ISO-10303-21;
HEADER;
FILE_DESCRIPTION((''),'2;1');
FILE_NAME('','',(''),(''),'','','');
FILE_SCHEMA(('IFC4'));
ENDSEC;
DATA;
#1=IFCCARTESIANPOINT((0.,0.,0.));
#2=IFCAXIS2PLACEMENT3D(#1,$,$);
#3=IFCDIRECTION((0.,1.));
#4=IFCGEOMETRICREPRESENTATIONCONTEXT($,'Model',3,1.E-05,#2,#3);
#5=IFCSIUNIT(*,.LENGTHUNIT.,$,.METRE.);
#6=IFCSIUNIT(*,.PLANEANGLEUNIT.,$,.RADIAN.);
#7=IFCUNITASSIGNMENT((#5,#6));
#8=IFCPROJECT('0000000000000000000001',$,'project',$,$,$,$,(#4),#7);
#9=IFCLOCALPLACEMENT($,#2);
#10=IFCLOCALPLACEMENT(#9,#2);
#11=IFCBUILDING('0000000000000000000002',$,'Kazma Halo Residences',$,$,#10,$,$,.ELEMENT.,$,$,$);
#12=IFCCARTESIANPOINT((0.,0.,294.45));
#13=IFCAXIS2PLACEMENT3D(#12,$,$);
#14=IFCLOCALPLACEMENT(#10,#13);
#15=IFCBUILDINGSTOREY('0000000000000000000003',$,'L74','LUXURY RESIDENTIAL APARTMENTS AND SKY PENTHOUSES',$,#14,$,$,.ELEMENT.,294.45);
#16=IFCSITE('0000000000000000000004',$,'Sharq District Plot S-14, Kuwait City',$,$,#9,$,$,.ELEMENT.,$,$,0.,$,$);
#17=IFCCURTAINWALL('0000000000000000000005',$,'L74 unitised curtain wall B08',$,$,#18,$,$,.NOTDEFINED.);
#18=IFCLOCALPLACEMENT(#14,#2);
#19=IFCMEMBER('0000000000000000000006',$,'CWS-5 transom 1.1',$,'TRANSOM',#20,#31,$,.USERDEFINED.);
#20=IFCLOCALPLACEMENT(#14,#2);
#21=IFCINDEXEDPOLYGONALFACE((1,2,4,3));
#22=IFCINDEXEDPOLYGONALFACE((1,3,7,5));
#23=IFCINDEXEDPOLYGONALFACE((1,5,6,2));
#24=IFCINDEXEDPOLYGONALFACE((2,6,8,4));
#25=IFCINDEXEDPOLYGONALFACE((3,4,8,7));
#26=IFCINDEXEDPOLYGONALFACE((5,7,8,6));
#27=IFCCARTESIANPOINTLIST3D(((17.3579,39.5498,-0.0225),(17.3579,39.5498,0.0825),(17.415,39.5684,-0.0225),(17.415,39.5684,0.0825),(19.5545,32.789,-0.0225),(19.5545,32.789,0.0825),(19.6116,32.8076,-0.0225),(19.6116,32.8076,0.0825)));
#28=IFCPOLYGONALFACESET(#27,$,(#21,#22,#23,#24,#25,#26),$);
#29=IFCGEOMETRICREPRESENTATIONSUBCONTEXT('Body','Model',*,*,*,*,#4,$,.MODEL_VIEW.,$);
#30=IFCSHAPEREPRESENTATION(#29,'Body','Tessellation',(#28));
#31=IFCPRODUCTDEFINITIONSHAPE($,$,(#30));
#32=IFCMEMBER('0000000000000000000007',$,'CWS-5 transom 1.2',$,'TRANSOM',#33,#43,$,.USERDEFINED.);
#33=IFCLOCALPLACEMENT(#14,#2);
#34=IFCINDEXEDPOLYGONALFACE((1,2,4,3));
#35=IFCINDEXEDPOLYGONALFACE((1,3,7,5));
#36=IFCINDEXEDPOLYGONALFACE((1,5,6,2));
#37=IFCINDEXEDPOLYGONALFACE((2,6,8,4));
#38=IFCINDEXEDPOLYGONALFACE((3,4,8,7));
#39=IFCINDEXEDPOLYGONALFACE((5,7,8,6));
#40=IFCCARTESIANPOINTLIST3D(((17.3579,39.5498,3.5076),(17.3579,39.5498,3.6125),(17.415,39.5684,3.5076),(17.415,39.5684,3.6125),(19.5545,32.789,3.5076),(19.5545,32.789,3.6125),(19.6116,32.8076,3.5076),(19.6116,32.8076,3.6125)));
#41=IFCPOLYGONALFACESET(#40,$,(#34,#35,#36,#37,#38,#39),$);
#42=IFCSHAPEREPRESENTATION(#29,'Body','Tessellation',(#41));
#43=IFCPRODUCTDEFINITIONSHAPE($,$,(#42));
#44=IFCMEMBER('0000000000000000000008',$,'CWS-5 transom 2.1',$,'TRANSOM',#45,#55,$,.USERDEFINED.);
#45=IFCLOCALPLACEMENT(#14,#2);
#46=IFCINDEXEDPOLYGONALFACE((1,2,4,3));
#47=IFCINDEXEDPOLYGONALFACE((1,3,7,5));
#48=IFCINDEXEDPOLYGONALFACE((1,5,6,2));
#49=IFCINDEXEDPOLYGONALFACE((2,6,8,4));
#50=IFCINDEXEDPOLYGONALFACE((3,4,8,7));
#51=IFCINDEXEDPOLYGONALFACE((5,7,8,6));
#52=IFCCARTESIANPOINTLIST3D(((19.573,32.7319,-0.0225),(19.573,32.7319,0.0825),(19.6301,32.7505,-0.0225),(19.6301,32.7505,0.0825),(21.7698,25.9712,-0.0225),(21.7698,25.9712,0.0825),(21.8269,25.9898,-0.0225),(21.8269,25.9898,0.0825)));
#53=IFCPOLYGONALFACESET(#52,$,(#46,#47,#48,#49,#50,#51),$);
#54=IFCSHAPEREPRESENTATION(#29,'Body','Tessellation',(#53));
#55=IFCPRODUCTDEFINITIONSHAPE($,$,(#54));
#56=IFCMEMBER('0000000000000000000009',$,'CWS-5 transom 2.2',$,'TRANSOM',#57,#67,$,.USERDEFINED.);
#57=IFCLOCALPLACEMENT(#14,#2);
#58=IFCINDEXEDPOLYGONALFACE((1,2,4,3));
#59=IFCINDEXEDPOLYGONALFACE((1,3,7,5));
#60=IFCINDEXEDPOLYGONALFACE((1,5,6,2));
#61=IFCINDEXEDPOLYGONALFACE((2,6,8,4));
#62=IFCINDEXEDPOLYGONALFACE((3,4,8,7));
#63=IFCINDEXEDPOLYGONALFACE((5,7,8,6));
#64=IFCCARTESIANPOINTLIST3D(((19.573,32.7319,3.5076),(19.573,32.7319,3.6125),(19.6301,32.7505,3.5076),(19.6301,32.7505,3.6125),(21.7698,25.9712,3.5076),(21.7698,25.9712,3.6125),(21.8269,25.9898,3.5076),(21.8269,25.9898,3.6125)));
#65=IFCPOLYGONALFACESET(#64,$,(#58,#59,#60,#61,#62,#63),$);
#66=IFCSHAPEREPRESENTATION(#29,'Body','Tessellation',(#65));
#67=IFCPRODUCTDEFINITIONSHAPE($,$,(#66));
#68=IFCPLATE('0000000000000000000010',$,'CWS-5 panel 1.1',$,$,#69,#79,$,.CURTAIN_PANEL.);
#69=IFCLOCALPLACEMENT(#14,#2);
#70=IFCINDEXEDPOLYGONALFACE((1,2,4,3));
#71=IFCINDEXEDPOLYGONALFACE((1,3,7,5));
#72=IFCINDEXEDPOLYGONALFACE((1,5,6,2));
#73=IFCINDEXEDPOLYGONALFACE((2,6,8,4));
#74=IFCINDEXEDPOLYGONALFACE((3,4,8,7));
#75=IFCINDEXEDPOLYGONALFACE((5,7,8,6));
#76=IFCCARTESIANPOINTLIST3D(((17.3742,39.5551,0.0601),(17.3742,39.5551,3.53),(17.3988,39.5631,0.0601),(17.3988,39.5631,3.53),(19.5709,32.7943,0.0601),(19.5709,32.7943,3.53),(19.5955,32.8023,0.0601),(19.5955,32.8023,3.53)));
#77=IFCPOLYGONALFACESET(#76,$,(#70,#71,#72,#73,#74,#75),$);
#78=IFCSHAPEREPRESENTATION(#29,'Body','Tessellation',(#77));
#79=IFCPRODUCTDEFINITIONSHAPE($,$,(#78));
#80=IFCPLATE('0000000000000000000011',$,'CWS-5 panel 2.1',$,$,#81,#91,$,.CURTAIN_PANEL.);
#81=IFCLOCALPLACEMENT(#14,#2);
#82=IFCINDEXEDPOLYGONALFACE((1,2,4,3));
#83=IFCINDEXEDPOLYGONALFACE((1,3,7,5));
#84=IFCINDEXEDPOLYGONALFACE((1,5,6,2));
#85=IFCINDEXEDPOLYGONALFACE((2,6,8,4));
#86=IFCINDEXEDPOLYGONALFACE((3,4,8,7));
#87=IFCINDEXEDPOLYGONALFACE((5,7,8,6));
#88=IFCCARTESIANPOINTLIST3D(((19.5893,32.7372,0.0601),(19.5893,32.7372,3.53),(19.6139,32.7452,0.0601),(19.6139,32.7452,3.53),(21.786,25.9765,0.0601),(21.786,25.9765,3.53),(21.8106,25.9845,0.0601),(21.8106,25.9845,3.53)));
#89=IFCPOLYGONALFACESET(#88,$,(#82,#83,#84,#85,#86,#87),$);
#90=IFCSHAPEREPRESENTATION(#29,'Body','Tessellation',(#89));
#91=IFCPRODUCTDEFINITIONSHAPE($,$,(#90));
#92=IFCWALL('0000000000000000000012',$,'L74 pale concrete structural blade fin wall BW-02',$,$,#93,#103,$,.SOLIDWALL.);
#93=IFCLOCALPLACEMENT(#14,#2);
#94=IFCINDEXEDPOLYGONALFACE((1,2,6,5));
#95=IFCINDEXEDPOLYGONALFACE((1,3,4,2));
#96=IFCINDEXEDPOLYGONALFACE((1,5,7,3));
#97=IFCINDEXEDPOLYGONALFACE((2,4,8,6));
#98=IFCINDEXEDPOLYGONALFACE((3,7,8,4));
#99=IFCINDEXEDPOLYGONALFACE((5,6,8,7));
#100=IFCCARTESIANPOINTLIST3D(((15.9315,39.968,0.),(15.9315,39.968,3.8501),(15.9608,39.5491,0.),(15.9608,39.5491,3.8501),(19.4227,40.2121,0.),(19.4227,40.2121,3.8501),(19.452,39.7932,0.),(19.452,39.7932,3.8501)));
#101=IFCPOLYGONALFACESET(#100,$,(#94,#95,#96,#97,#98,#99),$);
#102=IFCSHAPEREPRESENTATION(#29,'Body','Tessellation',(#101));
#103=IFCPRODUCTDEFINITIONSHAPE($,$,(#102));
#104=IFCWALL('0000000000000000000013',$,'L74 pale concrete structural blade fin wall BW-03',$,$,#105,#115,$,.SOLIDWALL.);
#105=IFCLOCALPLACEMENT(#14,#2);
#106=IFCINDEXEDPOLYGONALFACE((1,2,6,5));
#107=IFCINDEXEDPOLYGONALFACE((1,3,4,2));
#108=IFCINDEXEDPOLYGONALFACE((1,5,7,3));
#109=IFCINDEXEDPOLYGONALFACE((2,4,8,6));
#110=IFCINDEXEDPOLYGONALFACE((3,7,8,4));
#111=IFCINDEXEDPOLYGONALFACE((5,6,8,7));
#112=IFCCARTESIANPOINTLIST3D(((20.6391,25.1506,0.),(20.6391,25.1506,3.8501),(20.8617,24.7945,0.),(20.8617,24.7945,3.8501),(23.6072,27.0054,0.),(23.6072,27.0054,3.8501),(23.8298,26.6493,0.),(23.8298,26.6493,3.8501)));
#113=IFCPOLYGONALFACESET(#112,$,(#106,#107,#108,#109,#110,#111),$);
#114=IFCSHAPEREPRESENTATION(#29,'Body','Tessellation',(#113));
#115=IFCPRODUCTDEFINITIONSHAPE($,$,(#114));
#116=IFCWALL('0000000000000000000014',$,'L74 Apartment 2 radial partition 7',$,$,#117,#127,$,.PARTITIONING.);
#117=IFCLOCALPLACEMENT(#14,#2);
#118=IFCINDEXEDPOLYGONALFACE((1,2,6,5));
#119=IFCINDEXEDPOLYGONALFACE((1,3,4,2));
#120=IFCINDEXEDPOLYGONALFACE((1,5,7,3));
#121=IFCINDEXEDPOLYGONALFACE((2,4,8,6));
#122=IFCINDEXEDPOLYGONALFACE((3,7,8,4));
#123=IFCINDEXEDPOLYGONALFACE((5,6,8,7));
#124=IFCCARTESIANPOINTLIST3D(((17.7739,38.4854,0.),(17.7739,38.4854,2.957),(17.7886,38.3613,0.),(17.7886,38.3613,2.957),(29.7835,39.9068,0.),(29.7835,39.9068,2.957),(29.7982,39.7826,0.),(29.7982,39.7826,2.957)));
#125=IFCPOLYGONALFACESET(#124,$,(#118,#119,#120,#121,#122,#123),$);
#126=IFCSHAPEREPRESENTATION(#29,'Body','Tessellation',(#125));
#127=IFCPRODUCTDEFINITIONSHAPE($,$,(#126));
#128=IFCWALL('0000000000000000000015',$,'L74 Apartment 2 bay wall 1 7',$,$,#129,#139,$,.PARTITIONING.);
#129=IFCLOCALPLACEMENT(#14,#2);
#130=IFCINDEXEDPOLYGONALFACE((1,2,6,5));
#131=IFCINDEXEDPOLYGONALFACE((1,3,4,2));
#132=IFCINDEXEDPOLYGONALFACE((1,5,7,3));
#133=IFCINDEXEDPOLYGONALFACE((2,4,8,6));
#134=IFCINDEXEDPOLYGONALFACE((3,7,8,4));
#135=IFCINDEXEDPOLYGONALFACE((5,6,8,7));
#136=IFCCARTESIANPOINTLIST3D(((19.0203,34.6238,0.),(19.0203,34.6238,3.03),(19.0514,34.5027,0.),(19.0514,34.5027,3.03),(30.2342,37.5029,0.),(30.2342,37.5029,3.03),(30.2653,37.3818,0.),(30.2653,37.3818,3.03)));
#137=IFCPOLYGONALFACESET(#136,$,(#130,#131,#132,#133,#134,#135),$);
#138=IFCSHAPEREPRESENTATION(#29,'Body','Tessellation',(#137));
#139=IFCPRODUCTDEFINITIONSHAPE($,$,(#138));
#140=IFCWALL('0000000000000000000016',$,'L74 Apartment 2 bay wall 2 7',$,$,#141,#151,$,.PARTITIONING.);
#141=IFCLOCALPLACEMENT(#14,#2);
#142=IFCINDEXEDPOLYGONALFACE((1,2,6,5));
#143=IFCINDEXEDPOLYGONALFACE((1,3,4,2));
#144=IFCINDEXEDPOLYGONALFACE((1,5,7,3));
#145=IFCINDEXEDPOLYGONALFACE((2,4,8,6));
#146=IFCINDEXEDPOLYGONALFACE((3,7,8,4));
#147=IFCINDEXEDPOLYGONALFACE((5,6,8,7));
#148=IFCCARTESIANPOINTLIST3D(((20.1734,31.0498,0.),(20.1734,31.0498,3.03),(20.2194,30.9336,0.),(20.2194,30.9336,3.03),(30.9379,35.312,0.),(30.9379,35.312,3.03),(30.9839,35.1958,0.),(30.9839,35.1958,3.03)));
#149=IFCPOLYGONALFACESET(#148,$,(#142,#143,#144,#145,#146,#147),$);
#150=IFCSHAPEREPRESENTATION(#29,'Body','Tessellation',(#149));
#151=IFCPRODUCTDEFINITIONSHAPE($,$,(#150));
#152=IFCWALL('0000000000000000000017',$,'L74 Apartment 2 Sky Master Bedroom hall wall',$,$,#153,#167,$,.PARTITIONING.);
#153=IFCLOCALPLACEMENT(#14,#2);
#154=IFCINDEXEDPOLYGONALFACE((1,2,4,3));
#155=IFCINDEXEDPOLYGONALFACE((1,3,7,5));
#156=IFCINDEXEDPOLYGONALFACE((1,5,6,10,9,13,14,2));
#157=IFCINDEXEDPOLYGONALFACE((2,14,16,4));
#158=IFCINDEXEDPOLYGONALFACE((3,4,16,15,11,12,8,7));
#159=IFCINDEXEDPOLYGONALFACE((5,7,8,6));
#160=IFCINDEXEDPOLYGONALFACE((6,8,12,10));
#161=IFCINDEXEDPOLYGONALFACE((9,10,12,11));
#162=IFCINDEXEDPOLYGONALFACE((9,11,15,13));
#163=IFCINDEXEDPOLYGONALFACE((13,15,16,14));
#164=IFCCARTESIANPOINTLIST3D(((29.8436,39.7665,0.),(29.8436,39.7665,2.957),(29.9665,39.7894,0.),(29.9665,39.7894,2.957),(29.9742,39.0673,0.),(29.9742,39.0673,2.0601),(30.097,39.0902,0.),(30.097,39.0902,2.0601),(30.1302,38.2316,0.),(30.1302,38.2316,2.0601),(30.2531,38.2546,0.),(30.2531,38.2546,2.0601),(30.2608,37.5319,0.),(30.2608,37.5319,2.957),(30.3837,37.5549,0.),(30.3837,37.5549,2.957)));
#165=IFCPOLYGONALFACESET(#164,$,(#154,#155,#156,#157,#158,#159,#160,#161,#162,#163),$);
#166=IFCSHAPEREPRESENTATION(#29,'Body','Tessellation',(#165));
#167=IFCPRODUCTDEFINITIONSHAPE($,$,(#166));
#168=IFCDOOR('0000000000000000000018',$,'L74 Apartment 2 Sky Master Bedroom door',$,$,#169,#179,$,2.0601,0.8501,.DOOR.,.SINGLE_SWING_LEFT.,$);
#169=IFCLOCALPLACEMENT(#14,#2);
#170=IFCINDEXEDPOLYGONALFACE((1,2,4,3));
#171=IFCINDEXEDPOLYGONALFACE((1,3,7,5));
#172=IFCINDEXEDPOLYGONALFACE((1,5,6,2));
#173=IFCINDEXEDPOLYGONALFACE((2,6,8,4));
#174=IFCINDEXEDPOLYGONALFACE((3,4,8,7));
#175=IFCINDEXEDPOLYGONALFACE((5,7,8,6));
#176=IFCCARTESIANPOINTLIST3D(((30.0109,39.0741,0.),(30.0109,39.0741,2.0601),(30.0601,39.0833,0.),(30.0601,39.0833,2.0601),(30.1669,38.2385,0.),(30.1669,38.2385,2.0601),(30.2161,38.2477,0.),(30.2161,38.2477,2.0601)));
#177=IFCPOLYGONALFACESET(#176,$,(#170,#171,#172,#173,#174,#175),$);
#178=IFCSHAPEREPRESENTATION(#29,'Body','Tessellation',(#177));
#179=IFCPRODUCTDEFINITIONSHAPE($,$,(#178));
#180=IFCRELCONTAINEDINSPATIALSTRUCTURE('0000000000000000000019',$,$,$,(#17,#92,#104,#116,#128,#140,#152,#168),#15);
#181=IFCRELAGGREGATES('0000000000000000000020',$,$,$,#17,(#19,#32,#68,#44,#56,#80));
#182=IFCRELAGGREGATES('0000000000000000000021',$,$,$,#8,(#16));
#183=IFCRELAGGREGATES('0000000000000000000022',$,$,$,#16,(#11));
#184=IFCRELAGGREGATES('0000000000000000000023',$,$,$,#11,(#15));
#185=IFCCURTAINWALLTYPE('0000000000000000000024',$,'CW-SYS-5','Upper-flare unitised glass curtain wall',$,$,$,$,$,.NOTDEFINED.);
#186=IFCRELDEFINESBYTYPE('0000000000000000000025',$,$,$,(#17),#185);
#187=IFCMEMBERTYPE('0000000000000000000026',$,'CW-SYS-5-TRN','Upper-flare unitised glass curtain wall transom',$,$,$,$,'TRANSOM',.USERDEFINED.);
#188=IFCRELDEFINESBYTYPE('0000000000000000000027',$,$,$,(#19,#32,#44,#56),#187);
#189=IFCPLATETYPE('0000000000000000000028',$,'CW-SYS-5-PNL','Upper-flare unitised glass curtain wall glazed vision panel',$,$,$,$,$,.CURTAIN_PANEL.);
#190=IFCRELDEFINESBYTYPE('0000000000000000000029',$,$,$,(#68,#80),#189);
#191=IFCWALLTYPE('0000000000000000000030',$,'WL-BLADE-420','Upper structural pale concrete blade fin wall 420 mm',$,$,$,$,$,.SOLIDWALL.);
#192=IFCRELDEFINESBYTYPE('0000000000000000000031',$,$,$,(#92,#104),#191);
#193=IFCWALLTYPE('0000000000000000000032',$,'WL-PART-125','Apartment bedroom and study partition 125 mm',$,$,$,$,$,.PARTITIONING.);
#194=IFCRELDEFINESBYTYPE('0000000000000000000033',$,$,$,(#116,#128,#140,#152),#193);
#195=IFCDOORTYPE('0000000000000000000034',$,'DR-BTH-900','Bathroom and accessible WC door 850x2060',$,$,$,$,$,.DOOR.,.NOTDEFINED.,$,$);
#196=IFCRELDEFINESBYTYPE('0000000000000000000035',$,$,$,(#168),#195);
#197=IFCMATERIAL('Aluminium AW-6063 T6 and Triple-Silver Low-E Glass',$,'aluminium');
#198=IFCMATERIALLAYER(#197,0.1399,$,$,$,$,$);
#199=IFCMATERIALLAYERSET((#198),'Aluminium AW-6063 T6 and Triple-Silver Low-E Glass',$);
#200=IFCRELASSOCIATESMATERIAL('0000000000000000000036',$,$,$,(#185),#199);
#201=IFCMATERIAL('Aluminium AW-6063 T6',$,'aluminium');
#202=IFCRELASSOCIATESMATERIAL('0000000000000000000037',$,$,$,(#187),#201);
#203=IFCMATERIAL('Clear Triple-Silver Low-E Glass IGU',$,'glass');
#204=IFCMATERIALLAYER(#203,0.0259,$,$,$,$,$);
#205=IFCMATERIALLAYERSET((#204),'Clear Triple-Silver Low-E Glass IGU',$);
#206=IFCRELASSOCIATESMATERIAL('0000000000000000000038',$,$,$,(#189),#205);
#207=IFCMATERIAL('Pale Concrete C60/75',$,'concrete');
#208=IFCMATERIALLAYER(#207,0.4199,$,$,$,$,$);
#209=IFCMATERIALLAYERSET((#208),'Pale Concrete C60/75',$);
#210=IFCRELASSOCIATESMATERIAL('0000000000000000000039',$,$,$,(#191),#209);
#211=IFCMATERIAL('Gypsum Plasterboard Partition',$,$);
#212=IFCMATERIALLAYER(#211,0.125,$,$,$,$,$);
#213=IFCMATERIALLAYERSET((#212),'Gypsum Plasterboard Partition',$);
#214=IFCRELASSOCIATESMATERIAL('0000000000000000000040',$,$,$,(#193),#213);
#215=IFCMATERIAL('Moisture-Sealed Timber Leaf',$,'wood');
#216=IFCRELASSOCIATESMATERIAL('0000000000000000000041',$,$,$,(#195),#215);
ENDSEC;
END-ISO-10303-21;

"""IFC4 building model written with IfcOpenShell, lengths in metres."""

from ifc_helpers import new_model, si_unit, direction, frame, frame_2d, origin, origin_2d, place, context, subcontext, project, spatial, rectangle, extrude, material, layer, layer_set, material_profile, profile_set, type_object, element, fill, aggregate, save


model = new_model("IFC4")

# Units and contexts
model_context = context("Model", 3, precision=1e-05, world=origin(), true_north=direction((0.0, 1.0)))
body_context = subcontext(model_context, "Body", "Model", "MODEL_VIEW")
ifc_project = project(units=[si_unit("LENGTHUNIT", "METRE"), si_unit("PLANEANGLEUNIT", "RADIAN")], contexts=[model_context])

# Site, building, storey
site_placement = place(None, origin())
site = spatial("IfcSite", under=ifc_project, at=site_placement, Name="Sharq District Plot S-14, Kuwait City", CompositionType="ELEMENT", RefElevation=0.0)
building_placement = place(site_placement, origin())
building = spatial("IfcBuilding", under=site, at=building_placement, Name="Kazma Halo Residences", CompositionType="ELEMENT")
storey_placement = place(building_placement, frame((0.0, 0.0, 294.45)))
storey = spatial("IfcBuildingStorey", under=building, at=storey_placement, Name="L74", Description="LUXURY RESIDENTIAL APARTMENTS AND SKY PENTHOUSES", CompositionType="ELEMENT", Elevation=294.45)

# Curtain wall, members, plates
ifc_material_1 = material(Name="Aluminium AW-6063 T6 and Triple-Silver Low-E Glass", Category="aluminium")
ifc_layer_1 = layer(ifc_material_1, 0.1399)
ifc_layer_set_1 = layer_set([ifc_layer_1], Name="Aluminium AW-6063 T6 and Triple-Silver Low-E Glass")
curtain_wall_type = type_object("IfcCurtainWallType", Name="CW-SYS-5", Description="Upper-flare unitised glass curtain wall", PredefinedType="NOTDEFINED", material=ifc_layer_set_1)
curtain_wall_placement = place(storey_placement, origin())
curtain_wall = element("IfcCurtainWall", 1, at=curtain_wall_placement, inside=storey, type_object=curtain_wall_type, Name="L74 unitised curtain wall B08", PredefinedType="NOTDEFINED")
ifc_material_2 = material(Name="Aluminium AW-6063 T6", Category="aluminium")
ifc_material_profile_1 = material_profile(ifc_material_2, rectangle(XDim=0.0601, YDim=0.105, at=origin_2d()), Name="CWT-60x105")
ifc_profile_set_1 = profile_set([ifc_material_profile_1], Name="Aluminium AW-6063 T6")
member_type_1 = type_object("IfcMemberType", Name="CW-SYS-5-TRN", Description="Upper-flare unitised glass curtain wall transom", ElementType="TRANSOM", PredefinedType="USERDEFINED", material=ifc_profile_set_1)
member_1_placement = place(storey_placement, frame((17.3865, 39.5591, 0.03), z_axis=(0.308996, -0.951063, 0.0), x_axis=(0.951063, 0.308996, 0.0)))
member_1 = element("IfcMember", 2, at=member_1_placement, type_object=member_type_1, Name="CWS-5 transom 1.1", ObjectType="TRANSOM", PredefinedType="USERDEFINED", context=body_context, shape_type="SweptSolid", body=[
    extrude(rectangle(XDim=0.0601, YDim=0.105, at=origin_2d()), origin(), (0.0, 0.0, 1.0), 7.1086),
])
member_2_placement = place(storey_placement, frame((17.3865, 39.5591, 3.5601), z_axis=(0.308996, -0.951063, 0.0), x_axis=(0.951063, 0.308996, 0.0)))
member_2 = element("IfcMember", 3, at=member_2_placement, type_object=member_type_1, Name="CWS-5 transom 1.2", ObjectType="TRANSOM", PredefinedType="USERDEFINED", context=body_context, shape_type="SweptSolid", body=[
    extrude(rectangle(XDim=0.0601, YDim=0.105, at=origin_2d()), origin(), (0.0, 0.0, 1.0), 7.1086),
])
member_3_placement = place(storey_placement, frame((19.6016, 32.7412, 0.03), z_axis=(0.309027, -0.951053, 0.0), x_axis=(0.951053, 0.309027, 0.0)))
member_3 = element("IfcMember", 4, at=member_3_placement, type_object=member_type_1, Name="CWS-5 transom 2.1", ObjectType="TRANSOM", PredefinedType="USERDEFINED", context=body_context, shape_type="SweptSolid", body=[
    extrude(rectangle(XDim=0.0601, YDim=0.105, at=origin_2d()), origin(), (0.0, 0.0, 1.0), 7.1086),
])
member_4_placement = place(storey_placement, frame((19.6016, 32.7412, 3.5601), z_axis=(0.309027, -0.951053, 0.0), x_axis=(0.951053, 0.309027, 0.0)))
member_4 = element("IfcMember", 5, at=member_4_placement, type_object=member_type_1, Name="CWS-5 transom 2.2", ObjectType="TRANSOM", PredefinedType="USERDEFINED", context=body_context, shape_type="SweptSolid", body=[
    extrude(rectangle(XDim=0.0601, YDim=0.105, at=origin_2d()), origin(), (0.0, 0.0, 1.0), 7.1086),
])
ifc_material_3 = material(Name="Clear Triple-Silver Low-E Glass IGU", Category="glass")
ifc_layer_2 = layer(ifc_material_3, 0.0259)
ifc_layer_set_2 = layer_set([ifc_layer_2], Name="Clear Triple-Silver Low-E Glass IGU")
plate_type = type_object("IfcPlateType", Name="CW-SYS-5-PNL", Description="Upper-flare unitised glass curtain wall glazed vision panel", PredefinedType="CURTAIN_PANEL", material=ifc_layer_set_2)
plate_1_placement = place(storey_placement, frame((18.4849, 36.1787, 0.0601), z_axis=(0.0, 0.0, 1.0), x_axis=(0.309011, -0.951058, 0.0)))
plate_1 = element("IfcPlate", 6, at=plate_1_placement, type_object=plate_type, Name="CWS-5 panel 1.1", PredefinedType="CURTAIN_PANEL", context=body_context, shape_type="SweptSolid", body=[
    extrude(rectangle(XDim=7.1086, YDim=0.0259, at=origin_2d()), origin(), (0.0, 0.0, 1.0), 3.47),
])
plate_2_placement = place(storey_placement, frame((20.7, 29.3608, 0.0601), z_axis=(0.0, 0.0, 1.0), x_axis=(0.309011, -0.951058, 0.0)))
plate_2 = element("IfcPlate", 7, at=plate_2_placement, type_object=plate_type, Name="CWS-5 panel 2.1", PredefinedType="CURTAIN_PANEL", context=body_context, shape_type="SweptSolid", body=[
    extrude(rectangle(XDim=7.1086, YDim=0.0259, at=origin_2d()), origin(), (0.0, 0.0, 1.0), 3.47),
])
aggregate(curtain_wall, [member_1, member_2, plate_1, member_3, member_4, plate_2])

# Walls
ifc_material_4 = material(Name="Pale Concrete C60/75", Category="concrete")
ifc_layer_3 = layer(ifc_material_4, 0.4199)
ifc_layer_set_3 = layer_set([ifc_layer_3], Name="Pale Concrete C60/75")
wall_type_1 = type_object("IfcWallType", Name="WL-BLADE-420", Description="Upper structural pale concrete blade fin wall 420 mm", PredefinedType="SOLIDWALL", material=ifc_layer_set_3)
wall_1_placement = place(storey_placement, frame((19.4375, 40.0027, 0.0), z_axis=(0.0, 0.0, 1.0), x_axis=(-0.997564, -0.06976, 0.0)))
element("IfcWall", 8, at=wall_1_placement, inside=storey, type_object=wall_type_1, Name="L74 pale concrete structural blade fin wall BW-02", PredefinedType="SOLIDWALL", context=body_context, shape_type="SweptSolid", body=[
    extrude(rectangle(XDim=3.4998, YDim=0.4199, at=frame_2d((1.75, 0.0))), origin(), (0.0, 0.0, 1.0), 3.8501),
])
wall_2_placement = place(storey_placement, frame((23.7185, 26.8274, 0.0), z_axis=(0.0, 0.0, 1.0), x_axis=(-0.848034, -0.529943, 0.0)))
element("IfcWall", 9, at=wall_2_placement, inside=storey, type_object=wall_type_1, Name="L74 pale concrete structural blade fin wall BW-03", PredefinedType="SOLIDWALL", context=body_context, shape_type="SweptSolid", body=[
    extrude(rectangle(XDim=3.5, YDim=0.4199, at=frame_2d((1.75, 0.0))), origin(), (0.0, 0.0, 1.0), 3.8501),
])
ifc_material_5 = material(Name="Gypsum Plasterboard Partition")
ifc_layer_4 = layer(ifc_material_5, 0.125)
ifc_layer_set_4 = layer_set([ifc_layer_4], Name="Gypsum Plasterboard Partition")
wall_type_2 = type_object("IfcWallType", Name="WL-PART-125", Description="Apartment bedroom and study partition 125 mm", PredefinedType="PARTITIONING", material=ifc_layer_set_4)
wall_3_placement = place(storey_placement, frame((29.791, 39.8447, 0.0), z_axis=(0.0, 0.0, 1.0), x_axis=(-0.993069, -0.117532, 0.0)))
element("IfcWall", 10, at=wall_3_placement, inside=storey, type_object=wall_type_2, Name="L74 Apartment 2 radial partition 7", PredefinedType="PARTITIONING", context=body_context, shape_type="SweptSolid", body=[
    extrude(rectangle(XDim=12.0935, YDim=0.125, at=frame_2d((6.0469, 0.0))), origin(), (0.0, 0.0, 1.0), 2.957),
])
for number, where, z_axis, x_axis, name in (
    (11, (30.2498, 37.4424, 0.0), (0.0, 0.0, 1.0), (-0.968585, -0.248683, 0.0), "L74 Apartment 2 bay wall 1 7"),
    (12, (30.9609, 35.2539, 0.0), (0.0, 0.0, 1.0), (-0.929771, -0.368138, 0.0), "L74 Apartment 2 bay wall 2 7"),
):
    element("IfcWall", number, at=place(storey_placement, frame(where, z_axis=z_axis, x_axis=x_axis)), inside=storey, type_object=wall_type_2, Name=name, PredefinedType="PARTITIONING", context=body_context, shape_type="SweptSolid", body=[
        extrude(rectangle(XDim=11.5776, YDim=0.125, at=frame_2d((5.7888, 0.0))), origin(), (0.0, 0.0, 1.0), 3.03),
    ])

# Wall, opening, door
wall_4_placement = place(storey_placement, frame((29.905, 39.7781, 0.0), z_axis=(0.0, 0.0, 1.0), x_axis=(0.183543, -0.983012, 0.0)))
wall_4 = element("IfcWall", 13, at=wall_4_placement, inside=storey, type_object=wall_type_2, Name="L74 Apartment 2 Sky Master Bedroom hall wall", PredefinedType="PARTITIONING", context=body_context, shape_type="SweptSolid", body=[
    extrude(rectangle(XDim=2.2732, YDim=0.125, at=frame_2d((1.1367, 0.0))), origin(), (0.0, 0.0, 1.0), 2.957),
])
opening_1_placement = place(wall_4_placement, frame((0.7114, 0.0, 0.0)))
opening_1 = element("IfcOpeningElement", 14, at=opening_1_placement, cuts=wall_4, PredefinedType="OPENING", context=body_context, shape_type="SweptSolid", body=[
    extrude(rectangle(XDim=0.8501, YDim=2.0601, at=frame_2d((0.425, 1.03))), frame((0.0, 0.0725, 0.0), z_axis=(0.0, -1.0, 0.0), x_axis=(1.0, 0.0, 0.0)), (0.0, 0.0, 1.0), 0.145),
])
ifc_material_6 = material(Name="Moisture-Sealed Timber Leaf", Category="wood")
door_type = type_object("IfcDoorType", Name="DR-BTH-900", Description="Bathroom and accessible WC door 850x2060", OperationType="NOTDEFINED", PredefinedType="DOOR", material=ifc_material_6)
door_1_placement = place(opening_1_placement, origin())
door_1 = element("IfcDoor", 15, at=door_1_placement, inside=storey, type_object=door_type, Name="L74 Apartment 2 Sky Master Bedroom door", OperationType="SINGLE_SWING_LEFT", OverallHeight=2.0601, OverallWidth=0.8501, PredefinedType="DOOR", context=body_context, shape_type="SweptSolid", body=[
    extrude(rectangle(XDim=0.8501, YDim=2.0601, at=frame_2d((0.425, 1.03))), frame((0.0, 0.0249, 0.0), z_axis=(0.0, -1.0, 0.0), x_axis=(1.0, 0.0, 0.0)), (0.0, 0.0, 1.0), 0.05),
])
fill(opening_1, door_1)

save(model, "model.ifc")
